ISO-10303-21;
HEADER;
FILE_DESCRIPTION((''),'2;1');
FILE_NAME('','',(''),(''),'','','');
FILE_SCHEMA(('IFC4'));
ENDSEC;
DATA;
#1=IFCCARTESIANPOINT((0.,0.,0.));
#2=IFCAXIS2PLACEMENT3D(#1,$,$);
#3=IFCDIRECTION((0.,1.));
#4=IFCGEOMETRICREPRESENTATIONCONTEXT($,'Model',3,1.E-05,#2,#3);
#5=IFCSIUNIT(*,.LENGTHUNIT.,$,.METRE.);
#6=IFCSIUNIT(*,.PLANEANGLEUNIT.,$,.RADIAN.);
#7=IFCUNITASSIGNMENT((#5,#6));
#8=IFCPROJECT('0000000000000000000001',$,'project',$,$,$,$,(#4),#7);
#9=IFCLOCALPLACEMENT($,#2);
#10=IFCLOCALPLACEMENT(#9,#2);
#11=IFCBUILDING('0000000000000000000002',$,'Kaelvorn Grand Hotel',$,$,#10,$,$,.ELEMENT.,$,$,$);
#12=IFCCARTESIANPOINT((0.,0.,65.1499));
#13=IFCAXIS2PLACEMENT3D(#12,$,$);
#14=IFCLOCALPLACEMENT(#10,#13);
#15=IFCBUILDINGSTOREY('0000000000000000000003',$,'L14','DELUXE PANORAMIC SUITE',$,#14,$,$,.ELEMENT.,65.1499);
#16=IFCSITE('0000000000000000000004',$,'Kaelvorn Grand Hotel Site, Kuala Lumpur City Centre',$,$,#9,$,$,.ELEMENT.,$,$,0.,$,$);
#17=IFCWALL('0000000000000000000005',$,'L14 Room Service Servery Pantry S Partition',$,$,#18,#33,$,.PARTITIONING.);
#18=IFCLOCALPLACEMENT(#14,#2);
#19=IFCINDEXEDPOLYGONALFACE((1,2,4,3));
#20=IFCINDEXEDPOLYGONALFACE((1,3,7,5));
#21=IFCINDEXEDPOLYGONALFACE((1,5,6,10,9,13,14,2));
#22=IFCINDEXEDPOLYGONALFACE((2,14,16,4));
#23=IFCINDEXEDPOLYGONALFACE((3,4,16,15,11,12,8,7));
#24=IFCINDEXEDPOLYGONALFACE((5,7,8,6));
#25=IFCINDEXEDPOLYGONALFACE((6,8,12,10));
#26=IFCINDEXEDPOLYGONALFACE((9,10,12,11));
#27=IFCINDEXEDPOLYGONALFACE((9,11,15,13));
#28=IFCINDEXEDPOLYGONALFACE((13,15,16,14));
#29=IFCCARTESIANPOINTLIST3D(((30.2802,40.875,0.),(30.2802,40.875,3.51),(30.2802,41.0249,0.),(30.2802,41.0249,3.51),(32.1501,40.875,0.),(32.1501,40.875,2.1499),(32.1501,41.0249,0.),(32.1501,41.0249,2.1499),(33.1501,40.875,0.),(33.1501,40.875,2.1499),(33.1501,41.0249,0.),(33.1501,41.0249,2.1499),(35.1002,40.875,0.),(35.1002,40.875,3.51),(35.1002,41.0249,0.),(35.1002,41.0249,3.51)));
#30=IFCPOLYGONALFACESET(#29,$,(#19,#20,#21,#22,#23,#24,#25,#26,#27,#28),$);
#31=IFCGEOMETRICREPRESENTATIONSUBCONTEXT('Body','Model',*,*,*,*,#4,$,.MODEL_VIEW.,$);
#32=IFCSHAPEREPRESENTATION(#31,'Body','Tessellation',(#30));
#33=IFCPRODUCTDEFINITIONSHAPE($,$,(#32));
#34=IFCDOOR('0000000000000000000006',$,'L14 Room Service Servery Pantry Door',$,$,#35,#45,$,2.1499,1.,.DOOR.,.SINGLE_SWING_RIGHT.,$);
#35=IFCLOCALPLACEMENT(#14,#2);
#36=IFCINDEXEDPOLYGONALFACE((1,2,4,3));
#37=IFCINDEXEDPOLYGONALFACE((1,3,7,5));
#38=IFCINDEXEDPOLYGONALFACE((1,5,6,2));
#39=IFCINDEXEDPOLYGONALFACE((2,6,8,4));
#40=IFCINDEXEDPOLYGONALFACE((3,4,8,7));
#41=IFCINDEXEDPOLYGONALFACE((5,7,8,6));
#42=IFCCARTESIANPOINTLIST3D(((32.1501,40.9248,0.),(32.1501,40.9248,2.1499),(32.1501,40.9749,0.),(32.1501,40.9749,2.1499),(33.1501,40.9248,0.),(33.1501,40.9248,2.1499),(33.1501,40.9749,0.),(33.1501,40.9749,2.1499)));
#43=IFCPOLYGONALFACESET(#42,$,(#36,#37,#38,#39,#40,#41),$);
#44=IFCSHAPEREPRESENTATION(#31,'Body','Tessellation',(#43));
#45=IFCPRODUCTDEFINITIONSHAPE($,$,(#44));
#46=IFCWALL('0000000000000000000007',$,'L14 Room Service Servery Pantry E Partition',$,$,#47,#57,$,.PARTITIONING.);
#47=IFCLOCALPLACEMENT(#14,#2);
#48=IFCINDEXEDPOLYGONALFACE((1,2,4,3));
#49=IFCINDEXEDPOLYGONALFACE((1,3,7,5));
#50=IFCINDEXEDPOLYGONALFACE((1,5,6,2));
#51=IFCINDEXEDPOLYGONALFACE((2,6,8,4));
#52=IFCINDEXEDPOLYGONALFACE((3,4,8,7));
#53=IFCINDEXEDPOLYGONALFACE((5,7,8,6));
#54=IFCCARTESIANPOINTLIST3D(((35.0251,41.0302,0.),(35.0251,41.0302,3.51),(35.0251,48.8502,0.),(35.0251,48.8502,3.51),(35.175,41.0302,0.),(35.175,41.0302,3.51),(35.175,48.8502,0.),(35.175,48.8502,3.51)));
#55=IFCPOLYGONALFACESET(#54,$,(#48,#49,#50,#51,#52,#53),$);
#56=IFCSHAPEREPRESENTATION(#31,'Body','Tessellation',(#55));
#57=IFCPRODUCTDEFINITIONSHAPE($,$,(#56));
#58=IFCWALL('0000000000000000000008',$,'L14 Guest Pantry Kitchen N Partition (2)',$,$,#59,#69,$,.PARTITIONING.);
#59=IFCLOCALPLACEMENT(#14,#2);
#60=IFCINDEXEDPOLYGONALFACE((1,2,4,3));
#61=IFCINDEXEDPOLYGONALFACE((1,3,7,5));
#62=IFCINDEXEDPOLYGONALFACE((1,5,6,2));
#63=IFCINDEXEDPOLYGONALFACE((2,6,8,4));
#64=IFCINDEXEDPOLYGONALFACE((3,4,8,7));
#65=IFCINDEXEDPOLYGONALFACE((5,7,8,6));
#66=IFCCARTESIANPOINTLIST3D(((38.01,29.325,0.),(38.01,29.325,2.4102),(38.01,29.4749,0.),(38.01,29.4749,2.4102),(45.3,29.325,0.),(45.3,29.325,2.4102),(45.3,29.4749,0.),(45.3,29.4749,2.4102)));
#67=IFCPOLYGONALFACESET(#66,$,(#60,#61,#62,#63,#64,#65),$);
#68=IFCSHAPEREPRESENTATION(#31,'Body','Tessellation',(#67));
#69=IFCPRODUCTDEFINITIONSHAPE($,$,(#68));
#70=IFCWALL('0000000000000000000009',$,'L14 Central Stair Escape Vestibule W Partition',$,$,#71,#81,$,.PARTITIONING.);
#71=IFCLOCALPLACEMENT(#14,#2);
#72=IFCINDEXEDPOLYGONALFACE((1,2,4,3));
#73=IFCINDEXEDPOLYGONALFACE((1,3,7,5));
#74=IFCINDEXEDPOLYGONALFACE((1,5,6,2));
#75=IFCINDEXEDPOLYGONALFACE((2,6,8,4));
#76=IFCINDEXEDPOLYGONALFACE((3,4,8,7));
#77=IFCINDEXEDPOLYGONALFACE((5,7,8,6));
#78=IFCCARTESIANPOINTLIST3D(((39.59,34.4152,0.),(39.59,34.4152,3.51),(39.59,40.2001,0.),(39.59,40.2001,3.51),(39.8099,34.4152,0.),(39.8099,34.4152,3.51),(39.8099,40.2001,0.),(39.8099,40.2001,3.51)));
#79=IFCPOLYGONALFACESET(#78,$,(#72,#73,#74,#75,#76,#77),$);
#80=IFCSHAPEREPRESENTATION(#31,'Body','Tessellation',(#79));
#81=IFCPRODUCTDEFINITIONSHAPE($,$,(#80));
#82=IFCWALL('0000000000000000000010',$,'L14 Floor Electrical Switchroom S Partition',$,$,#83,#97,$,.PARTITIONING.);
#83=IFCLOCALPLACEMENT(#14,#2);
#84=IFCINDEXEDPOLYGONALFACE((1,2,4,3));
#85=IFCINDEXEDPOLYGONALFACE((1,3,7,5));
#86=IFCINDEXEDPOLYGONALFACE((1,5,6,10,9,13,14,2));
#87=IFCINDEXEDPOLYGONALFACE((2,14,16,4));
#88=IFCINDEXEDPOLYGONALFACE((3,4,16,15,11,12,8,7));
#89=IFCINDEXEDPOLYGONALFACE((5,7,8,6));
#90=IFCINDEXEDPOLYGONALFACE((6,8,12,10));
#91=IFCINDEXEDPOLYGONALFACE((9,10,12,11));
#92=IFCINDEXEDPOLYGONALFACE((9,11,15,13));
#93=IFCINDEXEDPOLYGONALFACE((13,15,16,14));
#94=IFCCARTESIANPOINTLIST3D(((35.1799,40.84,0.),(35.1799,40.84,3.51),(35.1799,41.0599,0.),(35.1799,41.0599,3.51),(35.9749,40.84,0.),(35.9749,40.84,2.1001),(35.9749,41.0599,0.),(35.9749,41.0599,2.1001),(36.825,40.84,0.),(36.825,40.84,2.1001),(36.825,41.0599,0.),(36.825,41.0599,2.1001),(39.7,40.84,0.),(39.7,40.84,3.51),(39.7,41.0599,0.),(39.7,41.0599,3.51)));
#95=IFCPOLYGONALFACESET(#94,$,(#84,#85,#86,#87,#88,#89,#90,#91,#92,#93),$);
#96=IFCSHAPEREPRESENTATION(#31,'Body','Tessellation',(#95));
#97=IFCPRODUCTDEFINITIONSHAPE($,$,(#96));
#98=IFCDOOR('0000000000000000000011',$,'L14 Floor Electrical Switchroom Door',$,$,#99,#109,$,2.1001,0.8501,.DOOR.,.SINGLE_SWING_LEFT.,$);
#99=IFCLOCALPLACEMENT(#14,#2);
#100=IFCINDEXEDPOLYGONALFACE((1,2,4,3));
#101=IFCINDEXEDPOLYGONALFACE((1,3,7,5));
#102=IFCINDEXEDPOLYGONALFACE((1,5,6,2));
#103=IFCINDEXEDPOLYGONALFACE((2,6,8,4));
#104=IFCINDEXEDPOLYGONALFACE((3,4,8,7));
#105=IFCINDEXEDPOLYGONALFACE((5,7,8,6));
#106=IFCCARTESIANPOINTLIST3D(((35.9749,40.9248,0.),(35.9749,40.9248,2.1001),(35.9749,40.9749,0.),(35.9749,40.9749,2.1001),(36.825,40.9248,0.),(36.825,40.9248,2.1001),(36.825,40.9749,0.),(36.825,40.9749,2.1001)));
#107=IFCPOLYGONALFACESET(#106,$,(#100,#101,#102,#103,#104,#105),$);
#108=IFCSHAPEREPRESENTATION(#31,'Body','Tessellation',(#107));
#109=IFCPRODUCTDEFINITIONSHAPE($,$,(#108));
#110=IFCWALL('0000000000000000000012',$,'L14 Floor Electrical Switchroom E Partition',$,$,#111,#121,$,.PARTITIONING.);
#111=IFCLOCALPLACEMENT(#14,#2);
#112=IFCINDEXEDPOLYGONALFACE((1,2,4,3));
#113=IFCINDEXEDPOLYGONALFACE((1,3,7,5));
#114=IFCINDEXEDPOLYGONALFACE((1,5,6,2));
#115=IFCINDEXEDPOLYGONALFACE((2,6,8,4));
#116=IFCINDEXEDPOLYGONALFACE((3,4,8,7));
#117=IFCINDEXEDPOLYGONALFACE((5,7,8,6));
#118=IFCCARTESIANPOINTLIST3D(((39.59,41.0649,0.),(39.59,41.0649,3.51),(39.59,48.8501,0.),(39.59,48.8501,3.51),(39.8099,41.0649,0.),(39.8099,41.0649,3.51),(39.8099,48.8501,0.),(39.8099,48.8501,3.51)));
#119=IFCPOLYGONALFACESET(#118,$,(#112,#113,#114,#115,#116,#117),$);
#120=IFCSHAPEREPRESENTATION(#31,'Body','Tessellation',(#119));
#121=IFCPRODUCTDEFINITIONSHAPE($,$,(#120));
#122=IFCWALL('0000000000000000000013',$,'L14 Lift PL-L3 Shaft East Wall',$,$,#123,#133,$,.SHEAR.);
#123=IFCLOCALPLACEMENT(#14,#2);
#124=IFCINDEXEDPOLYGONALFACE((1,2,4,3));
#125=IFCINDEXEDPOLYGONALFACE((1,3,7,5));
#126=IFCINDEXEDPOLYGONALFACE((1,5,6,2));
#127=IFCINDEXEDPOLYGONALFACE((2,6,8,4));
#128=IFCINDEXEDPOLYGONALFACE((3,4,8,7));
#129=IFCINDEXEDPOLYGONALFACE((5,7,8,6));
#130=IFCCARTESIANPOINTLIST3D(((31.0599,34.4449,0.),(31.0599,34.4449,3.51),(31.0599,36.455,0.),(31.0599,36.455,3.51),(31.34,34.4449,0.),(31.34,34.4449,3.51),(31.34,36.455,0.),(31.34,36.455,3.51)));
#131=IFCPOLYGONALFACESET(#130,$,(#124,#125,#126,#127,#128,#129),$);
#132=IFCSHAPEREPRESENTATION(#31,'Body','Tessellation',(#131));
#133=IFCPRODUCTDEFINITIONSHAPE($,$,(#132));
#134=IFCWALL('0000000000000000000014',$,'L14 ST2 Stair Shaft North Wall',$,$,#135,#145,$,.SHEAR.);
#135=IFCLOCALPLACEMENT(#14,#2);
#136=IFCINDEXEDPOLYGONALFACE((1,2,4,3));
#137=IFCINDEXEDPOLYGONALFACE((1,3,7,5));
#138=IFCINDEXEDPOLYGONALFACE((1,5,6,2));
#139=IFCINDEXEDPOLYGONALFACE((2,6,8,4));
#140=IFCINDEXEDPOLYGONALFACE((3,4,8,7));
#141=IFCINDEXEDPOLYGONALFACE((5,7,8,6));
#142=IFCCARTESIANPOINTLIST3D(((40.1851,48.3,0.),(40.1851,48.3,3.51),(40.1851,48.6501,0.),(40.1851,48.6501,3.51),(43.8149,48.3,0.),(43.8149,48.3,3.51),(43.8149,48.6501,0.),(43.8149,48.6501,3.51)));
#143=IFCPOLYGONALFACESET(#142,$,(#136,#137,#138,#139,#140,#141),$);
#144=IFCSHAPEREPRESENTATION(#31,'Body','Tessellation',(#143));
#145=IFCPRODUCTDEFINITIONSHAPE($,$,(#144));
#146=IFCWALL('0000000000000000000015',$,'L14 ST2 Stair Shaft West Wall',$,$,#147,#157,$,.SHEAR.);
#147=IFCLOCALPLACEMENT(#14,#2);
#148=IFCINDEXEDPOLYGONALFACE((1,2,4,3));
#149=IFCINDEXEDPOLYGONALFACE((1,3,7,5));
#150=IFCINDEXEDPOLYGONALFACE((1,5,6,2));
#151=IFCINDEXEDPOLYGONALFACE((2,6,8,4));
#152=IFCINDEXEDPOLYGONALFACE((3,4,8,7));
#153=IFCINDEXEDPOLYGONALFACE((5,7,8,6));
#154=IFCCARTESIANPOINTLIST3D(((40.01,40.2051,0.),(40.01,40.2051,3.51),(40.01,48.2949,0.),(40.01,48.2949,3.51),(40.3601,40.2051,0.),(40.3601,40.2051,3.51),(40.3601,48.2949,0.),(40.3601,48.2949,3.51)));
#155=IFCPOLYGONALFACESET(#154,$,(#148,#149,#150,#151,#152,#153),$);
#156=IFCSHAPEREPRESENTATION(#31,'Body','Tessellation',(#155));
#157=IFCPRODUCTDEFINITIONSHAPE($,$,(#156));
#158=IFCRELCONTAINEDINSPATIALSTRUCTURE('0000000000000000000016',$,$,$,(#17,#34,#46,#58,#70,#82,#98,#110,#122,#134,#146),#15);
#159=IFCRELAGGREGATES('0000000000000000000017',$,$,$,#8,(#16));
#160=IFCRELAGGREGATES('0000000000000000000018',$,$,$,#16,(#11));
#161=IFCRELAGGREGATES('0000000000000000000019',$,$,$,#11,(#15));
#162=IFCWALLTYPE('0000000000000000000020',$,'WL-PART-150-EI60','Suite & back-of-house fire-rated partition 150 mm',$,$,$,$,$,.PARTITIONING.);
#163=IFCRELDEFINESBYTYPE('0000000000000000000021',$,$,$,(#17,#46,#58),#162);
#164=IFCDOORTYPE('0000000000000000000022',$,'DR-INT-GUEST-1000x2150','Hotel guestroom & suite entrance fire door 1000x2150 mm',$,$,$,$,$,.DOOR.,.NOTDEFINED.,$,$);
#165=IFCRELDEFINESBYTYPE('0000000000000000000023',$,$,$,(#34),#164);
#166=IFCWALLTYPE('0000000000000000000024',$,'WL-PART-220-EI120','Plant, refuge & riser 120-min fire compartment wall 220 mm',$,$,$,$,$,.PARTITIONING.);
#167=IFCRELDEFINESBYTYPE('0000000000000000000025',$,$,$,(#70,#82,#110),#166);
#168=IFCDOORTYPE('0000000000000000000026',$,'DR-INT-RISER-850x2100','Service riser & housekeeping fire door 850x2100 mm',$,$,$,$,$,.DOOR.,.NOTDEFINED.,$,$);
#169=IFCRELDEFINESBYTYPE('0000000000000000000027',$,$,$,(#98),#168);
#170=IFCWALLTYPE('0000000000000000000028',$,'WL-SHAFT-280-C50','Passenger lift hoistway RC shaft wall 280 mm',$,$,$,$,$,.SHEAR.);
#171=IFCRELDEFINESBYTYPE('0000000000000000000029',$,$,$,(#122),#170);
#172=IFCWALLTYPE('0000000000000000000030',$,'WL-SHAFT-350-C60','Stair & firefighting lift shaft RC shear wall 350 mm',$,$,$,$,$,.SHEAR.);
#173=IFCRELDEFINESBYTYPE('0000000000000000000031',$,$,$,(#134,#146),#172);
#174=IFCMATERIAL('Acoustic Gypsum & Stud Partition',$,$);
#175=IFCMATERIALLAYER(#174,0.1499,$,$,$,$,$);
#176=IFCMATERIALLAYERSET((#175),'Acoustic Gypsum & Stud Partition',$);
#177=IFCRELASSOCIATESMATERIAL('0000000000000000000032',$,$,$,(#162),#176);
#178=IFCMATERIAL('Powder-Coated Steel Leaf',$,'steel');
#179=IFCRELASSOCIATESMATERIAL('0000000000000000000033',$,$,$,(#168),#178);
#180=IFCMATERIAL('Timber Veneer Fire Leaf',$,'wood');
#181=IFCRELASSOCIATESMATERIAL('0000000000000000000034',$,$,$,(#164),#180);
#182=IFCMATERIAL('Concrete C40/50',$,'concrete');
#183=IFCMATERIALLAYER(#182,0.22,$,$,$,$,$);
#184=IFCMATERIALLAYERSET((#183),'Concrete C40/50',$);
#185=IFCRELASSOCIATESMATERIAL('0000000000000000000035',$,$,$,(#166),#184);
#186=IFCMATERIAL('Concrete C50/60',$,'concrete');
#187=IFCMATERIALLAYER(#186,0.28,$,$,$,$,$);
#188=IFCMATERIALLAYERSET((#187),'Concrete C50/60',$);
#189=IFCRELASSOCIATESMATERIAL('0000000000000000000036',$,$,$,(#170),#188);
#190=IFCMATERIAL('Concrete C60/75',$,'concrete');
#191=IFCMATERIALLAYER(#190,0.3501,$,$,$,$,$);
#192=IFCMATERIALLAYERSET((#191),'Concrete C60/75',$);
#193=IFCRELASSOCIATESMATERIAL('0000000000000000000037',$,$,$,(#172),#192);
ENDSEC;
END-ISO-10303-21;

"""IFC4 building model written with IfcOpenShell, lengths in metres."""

from ifc_helpers import new_model, si_unit, direction, frame, frame_2d, origin, place, context, subcontext, project, spatial, rectangle, extrude, material, layer, layer_set, type_object, element, fill, save


model = new_model("IFC4")

# Units and contexts
model_context = context("Model", 3, precision=1e-05, world=origin(), true_north=direction((0.0, 1.0)))
body_context = subcontext(model_context, "Body", "Model", "MODEL_VIEW")
ifc_project = project(units=[si_unit("LENGTHUNIT", "METRE"), si_unit("PLANEANGLEUNIT", "RADIAN")], contexts=[model_context])

# Site, building, storey
site_placement = place(None, origin())
site = spatial("IfcSite", under=ifc_project, at=site_placement, Name="Kaelvorn Grand Hotel Site, Kuala Lumpur City Centre", CompositionType="ELEMENT", RefElevation=0.0)
building_placement = place(site_placement, origin())
building = spatial("IfcBuilding", under=site, at=building_placement, Name="Kaelvorn Grand Hotel", CompositionType="ELEMENT")
storey_placement = place(building_placement, frame((0.0, 0.0, 65.1499)))
storey = spatial("IfcBuildingStorey", under=building, at=storey_placement, Name="L14", Description="DELUXE PANORAMIC SUITE", CompositionType="ELEMENT", Elevation=65.1499)

# Shared definitions
ifc_material_1 = material(Name="Concrete C60/75", Category="concrete")

# Shared definitions
ifc_material_2 = material(Name="Acoustic Gypsum & Stud Partition")
ifc_layer_1 = layer(ifc_material_2, 0.1499)
ifc_layer_set_1 = layer_set([ifc_layer_1], Name="Acoustic Gypsum & Stud Partition")
wall_type_1 = type_object("IfcWallType", Name="WL-PART-150-EI60", Description="Suite & back-of-house fire-rated partition 150 mm", PredefinedType="PARTITIONING", material=ifc_layer_set_1)
ifc_material_3 = material(Name="Powder-Coated Steel Leaf", Category="steel")
door_type_1 = type_object("IfcDoorType", Name="DR-INT-RISER-850x2100", Description="Service riser & housekeeping fire door 850x2100 mm", OperationType="NOTDEFINED", PredefinedType="DOOR", material=ifc_material_3)

# Wall, opening, door
wall_1_placement = place(storey_placement, frame((30.28, 40.95, 0.0), z_axis=(0.0, 0.0, 1.0), x_axis=(1.0, 0.0, 0.0)))
wall_1 = element("IfcWall", 1, at=wall_1_placement, inside=storey, type_object=wall_type_1, Name="L14 Room Service Servery Pantry S Partition", PredefinedType="PARTITIONING", context=body_context, shape_type="SweptSolid", body=[
    extrude(rectangle(XDim=4.8201, YDim=0.1499, at=frame_2d((2.4102, 0.0))), origin(), (0.0, 0.0, 1.0), 3.51),
])
opening_1_placement = place(wall_1_placement, frame((1.8701, 0.0, 0.0)))
opening_1 = element("IfcOpeningElement", 2, at=opening_1_placement, cuts=wall_1, PredefinedType="OPENING", context=body_context, shape_type="SweptSolid", body=[
    extrude(rectangle(XDim=1.0, YDim=2.1499, at=frame_2d((0.5, 1.075))), frame((0.0, 0.085, 0.0), z_axis=(0.0, -1.0, 0.0), x_axis=(1.0, 0.0, 0.0)), (0.0, 0.0, 1.0), 0.1699),
])
ifc_material_4 = material(Name="Timber Veneer Fire Leaf", Category="wood")
door_type_2 = type_object("IfcDoorType", Name="DR-INT-GUEST-1000x2150", Description="Hotel guestroom & suite entrance fire door 1000x2150 mm", OperationType="NOTDEFINED", PredefinedType="DOOR", material=ifc_material_4)
door_1_placement = place(opening_1_placement, origin())
door_1 = element("IfcDoor", 3, at=door_1_placement, inside=storey, type_object=door_type_2, Name="L14 Room Service Servery Pantry Door", OperationType="SINGLE_SWING_RIGHT", OverallHeight=2.1499, OverallWidth=1.0, PredefinedType="DOOR", context=body_context, shape_type="SweptSolid", body=[
    extrude(rectangle(XDim=1.0, YDim=2.1499, at=frame_2d((0.5, 1.075))), frame((0.0, 0.0249, 0.0), z_axis=(0.0, -1.0, 0.0), x_axis=(1.0, 0.0, 0.0)), (0.0, 0.0, 1.0), 0.05),
])
fill(opening_1, door_1)

# Walls
wall_2_placement = place(storey_placement, frame((35.1001, 41.03, 0.0), z_axis=(0.0, 0.0, 1.0), x_axis=(0.0, 1.0, 0.0)))
element("IfcWall", 4, at=wall_2_placement, inside=storey, type_object=wall_type_1, Name="L14 Room Service Servery Pantry E Partition", PredefinedType="PARTITIONING", context=body_context, shape_type="SweptSolid", body=[
    extrude(rectangle(XDim=7.8201, YDim=0.1499, at=frame_2d((3.9102, 0.0))), origin(), (0.0, 0.0, 1.0), 3.51),
])
wall_3_placement = place(storey_placement, frame((38.01, 29.3999, 0.0), z_axis=(0.0, 0.0, 1.0), x_axis=(1.0, 0.0, 0.0)))
element("IfcWall", 5, at=wall_3_placement, inside=storey, type_object=wall_type_1, Name="L14 Guest Pantry Kitchen N Partition (2)", PredefinedType="PARTITIONING", context=body_context, shape_type="SweptSolid", body=[
    extrude(rectangle(XDim=7.29, YDim=0.1499, at=frame_2d((3.645, 0.0))), origin(), (0.0, 0.0, 1.0), 2.4102),
])

# Shared definitions
ifc_material_5 = material(Name="Concrete C40/50", Category="concrete")
ifc_layer_2 = layer(ifc_material_5, 0.22)
ifc_layer_set_2 = layer_set([ifc_layer_2], Name="Concrete C40/50")
wall_type_2 = type_object("IfcWallType", Name="WL-PART-220-EI120", Description="Plant, refuge & riser 120-min fire compartment wall 220 mm", PredefinedType="PARTITIONING", material=ifc_layer_set_2)

# Wall
wall_4_placement = place(storey_placement, frame((39.7, 34.415, 0.0), z_axis=(0.0, 0.0, 1.0), x_axis=(0.0, 1.0, 0.0)))
element("IfcWall", 6, at=wall_4_placement, inside=storey, type_object=wall_type_2, Name="L14 Central Stair Escape Vestibule W Partition", PredefinedType="PARTITIONING", context=body_context, shape_type="SweptSolid", body=[
    extrude(rectangle(XDim=5.7849, YDim=0.22, at=frame_2d((2.8926, 0.0))), origin(), (0.0, 0.0, 1.0), 3.51),
])

# Wall, opening, door
wall_5_placement = place(storey_placement, frame((35.1799, 40.95, 0.0), z_axis=(0.0, 0.0, 1.0), x_axis=(1.0, 0.0, 0.0)))
wall_5 = element("IfcWall", 7, at=wall_5_placement, inside=storey, type_object=wall_type_2, Name="L14 Floor Electrical Switchroom S Partition", PredefinedType="PARTITIONING", context=body_context, shape_type="SweptSolid", body=[
    extrude(rectangle(XDim=4.52, YDim=0.22, at=frame_2d((2.26, 0.0))), origin(), (0.0, 0.0, 1.0), 3.51),
])
opening_2_placement = place(wall_5_placement, frame((0.7949, 0.0, 0.0)))
opening_2 = element("IfcOpeningElement", 8, at=opening_2_placement, cuts=wall_5, PredefinedType="OPENING", context=body_context, shape_type="SweptSolid", body=[
    extrude(rectangle(XDim=0.8501, YDim=2.1001, at=frame_2d((0.425, 1.05))), frame((0.0, 0.1201, 0.0), z_axis=(0.0, -1.0, 0.0), x_axis=(1.0, 0.0, 0.0)), (0.0, 0.0, 1.0), 0.24),
])
door_2_placement = place(opening_2_placement, origin())
door_2 = element("IfcDoor", 9, at=door_2_placement, inside=storey, type_object=door_type_1, Name="L14 Floor Electrical Switchroom Door", OperationType="SINGLE_SWING_LEFT", OverallHeight=2.1001, OverallWidth=0.8501, PredefinedType="DOOR", context=body_context, shape_type="SweptSolid", body=[
    extrude(rectangle(XDim=0.8501, YDim=2.1001, at=frame_2d((0.425, 1.05))), frame((0.0, 0.0249, 0.0), z_axis=(0.0, -1.0, 0.0), x_axis=(1.0, 0.0, 0.0)), (0.0, 0.0, 1.0), 0.05),
])
fill(opening_2, door_2)

# Walls
wall_6_placement = place(storey_placement, frame((39.7, 41.0649, 0.0), z_axis=(0.0, 0.0, 1.0), x_axis=(0.0, 1.0, 0.0)))
element("IfcWall", 10, at=wall_6_placement, inside=storey, type_object=wall_type_2, Name="L14 Floor Electrical Switchroom E Partition", PredefinedType="PARTITIONING", context=body_context, shape_type="SweptSolid", body=[
    extrude(rectangle(XDim=7.7852, YDim=0.22, at=frame_2d((3.8926, 0.0))), origin(), (0.0, 0.0, 1.0), 3.51),
])
ifc_material_6 = material(Name="Concrete C50/60", Category="concrete")
ifc_layer_3 = layer(ifc_material_6, 0.28)
ifc_layer_set_3 = layer_set([ifc_layer_3], Name="Concrete C50/60")
wall_type_3 = type_object("IfcWallType", Name="WL-SHAFT-280-C50", Description="Passenger lift hoistway RC shaft wall 280 mm", PredefinedType="SHEAR", material=ifc_layer_set_3)
wall_7_placement = place(storey_placement, frame((31.2, 34.4451, 0.0), z_axis=(0.0, 0.0, 1.0), x_axis=(0.0, 1.0, 0.0)))
element("IfcWall", 11, at=wall_7_placement, inside=storey, type_object=wall_type_3, Name="L14 Lift PL-L3 Shaft East Wall", PredefinedType="SHEAR", context=body_context, shape_type="SweptSolid", body=[
    extrude(rectangle(XDim=2.01, YDim=0.28, at=frame_2d((1.0049, 0.0))), origin(), (0.0, 0.0, 1.0), 3.51),
])

# Shared definitions
ifc_layer_4 = layer(ifc_material_1, 0.3501)
ifc_layer_set_4 = layer_set([ifc_layer_4], Name="Concrete C60/75")
wall_type_4 = type_object("IfcWallType", Name="WL-SHAFT-350-C60", Description="Stair & firefighting lift shaft RC shear wall 350 mm", PredefinedType="SHEAR", material=ifc_layer_set_4)

# Walls
wall_8_placement = place(storey_placement, frame((40.1851, 48.4751, 0.0), z_axis=(0.0, 0.0, 1.0), x_axis=(1.0, 0.0, 0.0)))
element("IfcWall", 12, at=wall_8_placement, inside=storey, type_object=wall_type_4, Name="L14 ST2 Stair Shaft North Wall", PredefinedType="SHEAR", context=body_context, shape_type="SweptSolid", body=[
    extrude(rectangle(XDim=3.6299, YDim=0.3501, at=frame_2d((1.8149, 0.0))), origin(), (0.0, 0.0, 1.0), 3.51),
])
wall_9_placement = place(storey_placement, frame((40.1851, 40.2051, 0.0), z_axis=(0.0, 0.0, 1.0), x_axis=(0.0, 1.0, 0.0)))
element("IfcWall", 13, at=wall_9_placement, inside=storey, type_object=wall_type_4, Name="L14 ST2 Stair Shaft West Wall", PredefinedType="SHEAR", context=body_context, shape_type="SweptSolid", body=[
    extrude(rectangle(XDim=8.0898, YDim=0.3501, at=frame_2d((4.0449, 0.0))), origin(), (0.0, 0.0, 1.0), 3.51),
])

save(model, "model.ifc")
